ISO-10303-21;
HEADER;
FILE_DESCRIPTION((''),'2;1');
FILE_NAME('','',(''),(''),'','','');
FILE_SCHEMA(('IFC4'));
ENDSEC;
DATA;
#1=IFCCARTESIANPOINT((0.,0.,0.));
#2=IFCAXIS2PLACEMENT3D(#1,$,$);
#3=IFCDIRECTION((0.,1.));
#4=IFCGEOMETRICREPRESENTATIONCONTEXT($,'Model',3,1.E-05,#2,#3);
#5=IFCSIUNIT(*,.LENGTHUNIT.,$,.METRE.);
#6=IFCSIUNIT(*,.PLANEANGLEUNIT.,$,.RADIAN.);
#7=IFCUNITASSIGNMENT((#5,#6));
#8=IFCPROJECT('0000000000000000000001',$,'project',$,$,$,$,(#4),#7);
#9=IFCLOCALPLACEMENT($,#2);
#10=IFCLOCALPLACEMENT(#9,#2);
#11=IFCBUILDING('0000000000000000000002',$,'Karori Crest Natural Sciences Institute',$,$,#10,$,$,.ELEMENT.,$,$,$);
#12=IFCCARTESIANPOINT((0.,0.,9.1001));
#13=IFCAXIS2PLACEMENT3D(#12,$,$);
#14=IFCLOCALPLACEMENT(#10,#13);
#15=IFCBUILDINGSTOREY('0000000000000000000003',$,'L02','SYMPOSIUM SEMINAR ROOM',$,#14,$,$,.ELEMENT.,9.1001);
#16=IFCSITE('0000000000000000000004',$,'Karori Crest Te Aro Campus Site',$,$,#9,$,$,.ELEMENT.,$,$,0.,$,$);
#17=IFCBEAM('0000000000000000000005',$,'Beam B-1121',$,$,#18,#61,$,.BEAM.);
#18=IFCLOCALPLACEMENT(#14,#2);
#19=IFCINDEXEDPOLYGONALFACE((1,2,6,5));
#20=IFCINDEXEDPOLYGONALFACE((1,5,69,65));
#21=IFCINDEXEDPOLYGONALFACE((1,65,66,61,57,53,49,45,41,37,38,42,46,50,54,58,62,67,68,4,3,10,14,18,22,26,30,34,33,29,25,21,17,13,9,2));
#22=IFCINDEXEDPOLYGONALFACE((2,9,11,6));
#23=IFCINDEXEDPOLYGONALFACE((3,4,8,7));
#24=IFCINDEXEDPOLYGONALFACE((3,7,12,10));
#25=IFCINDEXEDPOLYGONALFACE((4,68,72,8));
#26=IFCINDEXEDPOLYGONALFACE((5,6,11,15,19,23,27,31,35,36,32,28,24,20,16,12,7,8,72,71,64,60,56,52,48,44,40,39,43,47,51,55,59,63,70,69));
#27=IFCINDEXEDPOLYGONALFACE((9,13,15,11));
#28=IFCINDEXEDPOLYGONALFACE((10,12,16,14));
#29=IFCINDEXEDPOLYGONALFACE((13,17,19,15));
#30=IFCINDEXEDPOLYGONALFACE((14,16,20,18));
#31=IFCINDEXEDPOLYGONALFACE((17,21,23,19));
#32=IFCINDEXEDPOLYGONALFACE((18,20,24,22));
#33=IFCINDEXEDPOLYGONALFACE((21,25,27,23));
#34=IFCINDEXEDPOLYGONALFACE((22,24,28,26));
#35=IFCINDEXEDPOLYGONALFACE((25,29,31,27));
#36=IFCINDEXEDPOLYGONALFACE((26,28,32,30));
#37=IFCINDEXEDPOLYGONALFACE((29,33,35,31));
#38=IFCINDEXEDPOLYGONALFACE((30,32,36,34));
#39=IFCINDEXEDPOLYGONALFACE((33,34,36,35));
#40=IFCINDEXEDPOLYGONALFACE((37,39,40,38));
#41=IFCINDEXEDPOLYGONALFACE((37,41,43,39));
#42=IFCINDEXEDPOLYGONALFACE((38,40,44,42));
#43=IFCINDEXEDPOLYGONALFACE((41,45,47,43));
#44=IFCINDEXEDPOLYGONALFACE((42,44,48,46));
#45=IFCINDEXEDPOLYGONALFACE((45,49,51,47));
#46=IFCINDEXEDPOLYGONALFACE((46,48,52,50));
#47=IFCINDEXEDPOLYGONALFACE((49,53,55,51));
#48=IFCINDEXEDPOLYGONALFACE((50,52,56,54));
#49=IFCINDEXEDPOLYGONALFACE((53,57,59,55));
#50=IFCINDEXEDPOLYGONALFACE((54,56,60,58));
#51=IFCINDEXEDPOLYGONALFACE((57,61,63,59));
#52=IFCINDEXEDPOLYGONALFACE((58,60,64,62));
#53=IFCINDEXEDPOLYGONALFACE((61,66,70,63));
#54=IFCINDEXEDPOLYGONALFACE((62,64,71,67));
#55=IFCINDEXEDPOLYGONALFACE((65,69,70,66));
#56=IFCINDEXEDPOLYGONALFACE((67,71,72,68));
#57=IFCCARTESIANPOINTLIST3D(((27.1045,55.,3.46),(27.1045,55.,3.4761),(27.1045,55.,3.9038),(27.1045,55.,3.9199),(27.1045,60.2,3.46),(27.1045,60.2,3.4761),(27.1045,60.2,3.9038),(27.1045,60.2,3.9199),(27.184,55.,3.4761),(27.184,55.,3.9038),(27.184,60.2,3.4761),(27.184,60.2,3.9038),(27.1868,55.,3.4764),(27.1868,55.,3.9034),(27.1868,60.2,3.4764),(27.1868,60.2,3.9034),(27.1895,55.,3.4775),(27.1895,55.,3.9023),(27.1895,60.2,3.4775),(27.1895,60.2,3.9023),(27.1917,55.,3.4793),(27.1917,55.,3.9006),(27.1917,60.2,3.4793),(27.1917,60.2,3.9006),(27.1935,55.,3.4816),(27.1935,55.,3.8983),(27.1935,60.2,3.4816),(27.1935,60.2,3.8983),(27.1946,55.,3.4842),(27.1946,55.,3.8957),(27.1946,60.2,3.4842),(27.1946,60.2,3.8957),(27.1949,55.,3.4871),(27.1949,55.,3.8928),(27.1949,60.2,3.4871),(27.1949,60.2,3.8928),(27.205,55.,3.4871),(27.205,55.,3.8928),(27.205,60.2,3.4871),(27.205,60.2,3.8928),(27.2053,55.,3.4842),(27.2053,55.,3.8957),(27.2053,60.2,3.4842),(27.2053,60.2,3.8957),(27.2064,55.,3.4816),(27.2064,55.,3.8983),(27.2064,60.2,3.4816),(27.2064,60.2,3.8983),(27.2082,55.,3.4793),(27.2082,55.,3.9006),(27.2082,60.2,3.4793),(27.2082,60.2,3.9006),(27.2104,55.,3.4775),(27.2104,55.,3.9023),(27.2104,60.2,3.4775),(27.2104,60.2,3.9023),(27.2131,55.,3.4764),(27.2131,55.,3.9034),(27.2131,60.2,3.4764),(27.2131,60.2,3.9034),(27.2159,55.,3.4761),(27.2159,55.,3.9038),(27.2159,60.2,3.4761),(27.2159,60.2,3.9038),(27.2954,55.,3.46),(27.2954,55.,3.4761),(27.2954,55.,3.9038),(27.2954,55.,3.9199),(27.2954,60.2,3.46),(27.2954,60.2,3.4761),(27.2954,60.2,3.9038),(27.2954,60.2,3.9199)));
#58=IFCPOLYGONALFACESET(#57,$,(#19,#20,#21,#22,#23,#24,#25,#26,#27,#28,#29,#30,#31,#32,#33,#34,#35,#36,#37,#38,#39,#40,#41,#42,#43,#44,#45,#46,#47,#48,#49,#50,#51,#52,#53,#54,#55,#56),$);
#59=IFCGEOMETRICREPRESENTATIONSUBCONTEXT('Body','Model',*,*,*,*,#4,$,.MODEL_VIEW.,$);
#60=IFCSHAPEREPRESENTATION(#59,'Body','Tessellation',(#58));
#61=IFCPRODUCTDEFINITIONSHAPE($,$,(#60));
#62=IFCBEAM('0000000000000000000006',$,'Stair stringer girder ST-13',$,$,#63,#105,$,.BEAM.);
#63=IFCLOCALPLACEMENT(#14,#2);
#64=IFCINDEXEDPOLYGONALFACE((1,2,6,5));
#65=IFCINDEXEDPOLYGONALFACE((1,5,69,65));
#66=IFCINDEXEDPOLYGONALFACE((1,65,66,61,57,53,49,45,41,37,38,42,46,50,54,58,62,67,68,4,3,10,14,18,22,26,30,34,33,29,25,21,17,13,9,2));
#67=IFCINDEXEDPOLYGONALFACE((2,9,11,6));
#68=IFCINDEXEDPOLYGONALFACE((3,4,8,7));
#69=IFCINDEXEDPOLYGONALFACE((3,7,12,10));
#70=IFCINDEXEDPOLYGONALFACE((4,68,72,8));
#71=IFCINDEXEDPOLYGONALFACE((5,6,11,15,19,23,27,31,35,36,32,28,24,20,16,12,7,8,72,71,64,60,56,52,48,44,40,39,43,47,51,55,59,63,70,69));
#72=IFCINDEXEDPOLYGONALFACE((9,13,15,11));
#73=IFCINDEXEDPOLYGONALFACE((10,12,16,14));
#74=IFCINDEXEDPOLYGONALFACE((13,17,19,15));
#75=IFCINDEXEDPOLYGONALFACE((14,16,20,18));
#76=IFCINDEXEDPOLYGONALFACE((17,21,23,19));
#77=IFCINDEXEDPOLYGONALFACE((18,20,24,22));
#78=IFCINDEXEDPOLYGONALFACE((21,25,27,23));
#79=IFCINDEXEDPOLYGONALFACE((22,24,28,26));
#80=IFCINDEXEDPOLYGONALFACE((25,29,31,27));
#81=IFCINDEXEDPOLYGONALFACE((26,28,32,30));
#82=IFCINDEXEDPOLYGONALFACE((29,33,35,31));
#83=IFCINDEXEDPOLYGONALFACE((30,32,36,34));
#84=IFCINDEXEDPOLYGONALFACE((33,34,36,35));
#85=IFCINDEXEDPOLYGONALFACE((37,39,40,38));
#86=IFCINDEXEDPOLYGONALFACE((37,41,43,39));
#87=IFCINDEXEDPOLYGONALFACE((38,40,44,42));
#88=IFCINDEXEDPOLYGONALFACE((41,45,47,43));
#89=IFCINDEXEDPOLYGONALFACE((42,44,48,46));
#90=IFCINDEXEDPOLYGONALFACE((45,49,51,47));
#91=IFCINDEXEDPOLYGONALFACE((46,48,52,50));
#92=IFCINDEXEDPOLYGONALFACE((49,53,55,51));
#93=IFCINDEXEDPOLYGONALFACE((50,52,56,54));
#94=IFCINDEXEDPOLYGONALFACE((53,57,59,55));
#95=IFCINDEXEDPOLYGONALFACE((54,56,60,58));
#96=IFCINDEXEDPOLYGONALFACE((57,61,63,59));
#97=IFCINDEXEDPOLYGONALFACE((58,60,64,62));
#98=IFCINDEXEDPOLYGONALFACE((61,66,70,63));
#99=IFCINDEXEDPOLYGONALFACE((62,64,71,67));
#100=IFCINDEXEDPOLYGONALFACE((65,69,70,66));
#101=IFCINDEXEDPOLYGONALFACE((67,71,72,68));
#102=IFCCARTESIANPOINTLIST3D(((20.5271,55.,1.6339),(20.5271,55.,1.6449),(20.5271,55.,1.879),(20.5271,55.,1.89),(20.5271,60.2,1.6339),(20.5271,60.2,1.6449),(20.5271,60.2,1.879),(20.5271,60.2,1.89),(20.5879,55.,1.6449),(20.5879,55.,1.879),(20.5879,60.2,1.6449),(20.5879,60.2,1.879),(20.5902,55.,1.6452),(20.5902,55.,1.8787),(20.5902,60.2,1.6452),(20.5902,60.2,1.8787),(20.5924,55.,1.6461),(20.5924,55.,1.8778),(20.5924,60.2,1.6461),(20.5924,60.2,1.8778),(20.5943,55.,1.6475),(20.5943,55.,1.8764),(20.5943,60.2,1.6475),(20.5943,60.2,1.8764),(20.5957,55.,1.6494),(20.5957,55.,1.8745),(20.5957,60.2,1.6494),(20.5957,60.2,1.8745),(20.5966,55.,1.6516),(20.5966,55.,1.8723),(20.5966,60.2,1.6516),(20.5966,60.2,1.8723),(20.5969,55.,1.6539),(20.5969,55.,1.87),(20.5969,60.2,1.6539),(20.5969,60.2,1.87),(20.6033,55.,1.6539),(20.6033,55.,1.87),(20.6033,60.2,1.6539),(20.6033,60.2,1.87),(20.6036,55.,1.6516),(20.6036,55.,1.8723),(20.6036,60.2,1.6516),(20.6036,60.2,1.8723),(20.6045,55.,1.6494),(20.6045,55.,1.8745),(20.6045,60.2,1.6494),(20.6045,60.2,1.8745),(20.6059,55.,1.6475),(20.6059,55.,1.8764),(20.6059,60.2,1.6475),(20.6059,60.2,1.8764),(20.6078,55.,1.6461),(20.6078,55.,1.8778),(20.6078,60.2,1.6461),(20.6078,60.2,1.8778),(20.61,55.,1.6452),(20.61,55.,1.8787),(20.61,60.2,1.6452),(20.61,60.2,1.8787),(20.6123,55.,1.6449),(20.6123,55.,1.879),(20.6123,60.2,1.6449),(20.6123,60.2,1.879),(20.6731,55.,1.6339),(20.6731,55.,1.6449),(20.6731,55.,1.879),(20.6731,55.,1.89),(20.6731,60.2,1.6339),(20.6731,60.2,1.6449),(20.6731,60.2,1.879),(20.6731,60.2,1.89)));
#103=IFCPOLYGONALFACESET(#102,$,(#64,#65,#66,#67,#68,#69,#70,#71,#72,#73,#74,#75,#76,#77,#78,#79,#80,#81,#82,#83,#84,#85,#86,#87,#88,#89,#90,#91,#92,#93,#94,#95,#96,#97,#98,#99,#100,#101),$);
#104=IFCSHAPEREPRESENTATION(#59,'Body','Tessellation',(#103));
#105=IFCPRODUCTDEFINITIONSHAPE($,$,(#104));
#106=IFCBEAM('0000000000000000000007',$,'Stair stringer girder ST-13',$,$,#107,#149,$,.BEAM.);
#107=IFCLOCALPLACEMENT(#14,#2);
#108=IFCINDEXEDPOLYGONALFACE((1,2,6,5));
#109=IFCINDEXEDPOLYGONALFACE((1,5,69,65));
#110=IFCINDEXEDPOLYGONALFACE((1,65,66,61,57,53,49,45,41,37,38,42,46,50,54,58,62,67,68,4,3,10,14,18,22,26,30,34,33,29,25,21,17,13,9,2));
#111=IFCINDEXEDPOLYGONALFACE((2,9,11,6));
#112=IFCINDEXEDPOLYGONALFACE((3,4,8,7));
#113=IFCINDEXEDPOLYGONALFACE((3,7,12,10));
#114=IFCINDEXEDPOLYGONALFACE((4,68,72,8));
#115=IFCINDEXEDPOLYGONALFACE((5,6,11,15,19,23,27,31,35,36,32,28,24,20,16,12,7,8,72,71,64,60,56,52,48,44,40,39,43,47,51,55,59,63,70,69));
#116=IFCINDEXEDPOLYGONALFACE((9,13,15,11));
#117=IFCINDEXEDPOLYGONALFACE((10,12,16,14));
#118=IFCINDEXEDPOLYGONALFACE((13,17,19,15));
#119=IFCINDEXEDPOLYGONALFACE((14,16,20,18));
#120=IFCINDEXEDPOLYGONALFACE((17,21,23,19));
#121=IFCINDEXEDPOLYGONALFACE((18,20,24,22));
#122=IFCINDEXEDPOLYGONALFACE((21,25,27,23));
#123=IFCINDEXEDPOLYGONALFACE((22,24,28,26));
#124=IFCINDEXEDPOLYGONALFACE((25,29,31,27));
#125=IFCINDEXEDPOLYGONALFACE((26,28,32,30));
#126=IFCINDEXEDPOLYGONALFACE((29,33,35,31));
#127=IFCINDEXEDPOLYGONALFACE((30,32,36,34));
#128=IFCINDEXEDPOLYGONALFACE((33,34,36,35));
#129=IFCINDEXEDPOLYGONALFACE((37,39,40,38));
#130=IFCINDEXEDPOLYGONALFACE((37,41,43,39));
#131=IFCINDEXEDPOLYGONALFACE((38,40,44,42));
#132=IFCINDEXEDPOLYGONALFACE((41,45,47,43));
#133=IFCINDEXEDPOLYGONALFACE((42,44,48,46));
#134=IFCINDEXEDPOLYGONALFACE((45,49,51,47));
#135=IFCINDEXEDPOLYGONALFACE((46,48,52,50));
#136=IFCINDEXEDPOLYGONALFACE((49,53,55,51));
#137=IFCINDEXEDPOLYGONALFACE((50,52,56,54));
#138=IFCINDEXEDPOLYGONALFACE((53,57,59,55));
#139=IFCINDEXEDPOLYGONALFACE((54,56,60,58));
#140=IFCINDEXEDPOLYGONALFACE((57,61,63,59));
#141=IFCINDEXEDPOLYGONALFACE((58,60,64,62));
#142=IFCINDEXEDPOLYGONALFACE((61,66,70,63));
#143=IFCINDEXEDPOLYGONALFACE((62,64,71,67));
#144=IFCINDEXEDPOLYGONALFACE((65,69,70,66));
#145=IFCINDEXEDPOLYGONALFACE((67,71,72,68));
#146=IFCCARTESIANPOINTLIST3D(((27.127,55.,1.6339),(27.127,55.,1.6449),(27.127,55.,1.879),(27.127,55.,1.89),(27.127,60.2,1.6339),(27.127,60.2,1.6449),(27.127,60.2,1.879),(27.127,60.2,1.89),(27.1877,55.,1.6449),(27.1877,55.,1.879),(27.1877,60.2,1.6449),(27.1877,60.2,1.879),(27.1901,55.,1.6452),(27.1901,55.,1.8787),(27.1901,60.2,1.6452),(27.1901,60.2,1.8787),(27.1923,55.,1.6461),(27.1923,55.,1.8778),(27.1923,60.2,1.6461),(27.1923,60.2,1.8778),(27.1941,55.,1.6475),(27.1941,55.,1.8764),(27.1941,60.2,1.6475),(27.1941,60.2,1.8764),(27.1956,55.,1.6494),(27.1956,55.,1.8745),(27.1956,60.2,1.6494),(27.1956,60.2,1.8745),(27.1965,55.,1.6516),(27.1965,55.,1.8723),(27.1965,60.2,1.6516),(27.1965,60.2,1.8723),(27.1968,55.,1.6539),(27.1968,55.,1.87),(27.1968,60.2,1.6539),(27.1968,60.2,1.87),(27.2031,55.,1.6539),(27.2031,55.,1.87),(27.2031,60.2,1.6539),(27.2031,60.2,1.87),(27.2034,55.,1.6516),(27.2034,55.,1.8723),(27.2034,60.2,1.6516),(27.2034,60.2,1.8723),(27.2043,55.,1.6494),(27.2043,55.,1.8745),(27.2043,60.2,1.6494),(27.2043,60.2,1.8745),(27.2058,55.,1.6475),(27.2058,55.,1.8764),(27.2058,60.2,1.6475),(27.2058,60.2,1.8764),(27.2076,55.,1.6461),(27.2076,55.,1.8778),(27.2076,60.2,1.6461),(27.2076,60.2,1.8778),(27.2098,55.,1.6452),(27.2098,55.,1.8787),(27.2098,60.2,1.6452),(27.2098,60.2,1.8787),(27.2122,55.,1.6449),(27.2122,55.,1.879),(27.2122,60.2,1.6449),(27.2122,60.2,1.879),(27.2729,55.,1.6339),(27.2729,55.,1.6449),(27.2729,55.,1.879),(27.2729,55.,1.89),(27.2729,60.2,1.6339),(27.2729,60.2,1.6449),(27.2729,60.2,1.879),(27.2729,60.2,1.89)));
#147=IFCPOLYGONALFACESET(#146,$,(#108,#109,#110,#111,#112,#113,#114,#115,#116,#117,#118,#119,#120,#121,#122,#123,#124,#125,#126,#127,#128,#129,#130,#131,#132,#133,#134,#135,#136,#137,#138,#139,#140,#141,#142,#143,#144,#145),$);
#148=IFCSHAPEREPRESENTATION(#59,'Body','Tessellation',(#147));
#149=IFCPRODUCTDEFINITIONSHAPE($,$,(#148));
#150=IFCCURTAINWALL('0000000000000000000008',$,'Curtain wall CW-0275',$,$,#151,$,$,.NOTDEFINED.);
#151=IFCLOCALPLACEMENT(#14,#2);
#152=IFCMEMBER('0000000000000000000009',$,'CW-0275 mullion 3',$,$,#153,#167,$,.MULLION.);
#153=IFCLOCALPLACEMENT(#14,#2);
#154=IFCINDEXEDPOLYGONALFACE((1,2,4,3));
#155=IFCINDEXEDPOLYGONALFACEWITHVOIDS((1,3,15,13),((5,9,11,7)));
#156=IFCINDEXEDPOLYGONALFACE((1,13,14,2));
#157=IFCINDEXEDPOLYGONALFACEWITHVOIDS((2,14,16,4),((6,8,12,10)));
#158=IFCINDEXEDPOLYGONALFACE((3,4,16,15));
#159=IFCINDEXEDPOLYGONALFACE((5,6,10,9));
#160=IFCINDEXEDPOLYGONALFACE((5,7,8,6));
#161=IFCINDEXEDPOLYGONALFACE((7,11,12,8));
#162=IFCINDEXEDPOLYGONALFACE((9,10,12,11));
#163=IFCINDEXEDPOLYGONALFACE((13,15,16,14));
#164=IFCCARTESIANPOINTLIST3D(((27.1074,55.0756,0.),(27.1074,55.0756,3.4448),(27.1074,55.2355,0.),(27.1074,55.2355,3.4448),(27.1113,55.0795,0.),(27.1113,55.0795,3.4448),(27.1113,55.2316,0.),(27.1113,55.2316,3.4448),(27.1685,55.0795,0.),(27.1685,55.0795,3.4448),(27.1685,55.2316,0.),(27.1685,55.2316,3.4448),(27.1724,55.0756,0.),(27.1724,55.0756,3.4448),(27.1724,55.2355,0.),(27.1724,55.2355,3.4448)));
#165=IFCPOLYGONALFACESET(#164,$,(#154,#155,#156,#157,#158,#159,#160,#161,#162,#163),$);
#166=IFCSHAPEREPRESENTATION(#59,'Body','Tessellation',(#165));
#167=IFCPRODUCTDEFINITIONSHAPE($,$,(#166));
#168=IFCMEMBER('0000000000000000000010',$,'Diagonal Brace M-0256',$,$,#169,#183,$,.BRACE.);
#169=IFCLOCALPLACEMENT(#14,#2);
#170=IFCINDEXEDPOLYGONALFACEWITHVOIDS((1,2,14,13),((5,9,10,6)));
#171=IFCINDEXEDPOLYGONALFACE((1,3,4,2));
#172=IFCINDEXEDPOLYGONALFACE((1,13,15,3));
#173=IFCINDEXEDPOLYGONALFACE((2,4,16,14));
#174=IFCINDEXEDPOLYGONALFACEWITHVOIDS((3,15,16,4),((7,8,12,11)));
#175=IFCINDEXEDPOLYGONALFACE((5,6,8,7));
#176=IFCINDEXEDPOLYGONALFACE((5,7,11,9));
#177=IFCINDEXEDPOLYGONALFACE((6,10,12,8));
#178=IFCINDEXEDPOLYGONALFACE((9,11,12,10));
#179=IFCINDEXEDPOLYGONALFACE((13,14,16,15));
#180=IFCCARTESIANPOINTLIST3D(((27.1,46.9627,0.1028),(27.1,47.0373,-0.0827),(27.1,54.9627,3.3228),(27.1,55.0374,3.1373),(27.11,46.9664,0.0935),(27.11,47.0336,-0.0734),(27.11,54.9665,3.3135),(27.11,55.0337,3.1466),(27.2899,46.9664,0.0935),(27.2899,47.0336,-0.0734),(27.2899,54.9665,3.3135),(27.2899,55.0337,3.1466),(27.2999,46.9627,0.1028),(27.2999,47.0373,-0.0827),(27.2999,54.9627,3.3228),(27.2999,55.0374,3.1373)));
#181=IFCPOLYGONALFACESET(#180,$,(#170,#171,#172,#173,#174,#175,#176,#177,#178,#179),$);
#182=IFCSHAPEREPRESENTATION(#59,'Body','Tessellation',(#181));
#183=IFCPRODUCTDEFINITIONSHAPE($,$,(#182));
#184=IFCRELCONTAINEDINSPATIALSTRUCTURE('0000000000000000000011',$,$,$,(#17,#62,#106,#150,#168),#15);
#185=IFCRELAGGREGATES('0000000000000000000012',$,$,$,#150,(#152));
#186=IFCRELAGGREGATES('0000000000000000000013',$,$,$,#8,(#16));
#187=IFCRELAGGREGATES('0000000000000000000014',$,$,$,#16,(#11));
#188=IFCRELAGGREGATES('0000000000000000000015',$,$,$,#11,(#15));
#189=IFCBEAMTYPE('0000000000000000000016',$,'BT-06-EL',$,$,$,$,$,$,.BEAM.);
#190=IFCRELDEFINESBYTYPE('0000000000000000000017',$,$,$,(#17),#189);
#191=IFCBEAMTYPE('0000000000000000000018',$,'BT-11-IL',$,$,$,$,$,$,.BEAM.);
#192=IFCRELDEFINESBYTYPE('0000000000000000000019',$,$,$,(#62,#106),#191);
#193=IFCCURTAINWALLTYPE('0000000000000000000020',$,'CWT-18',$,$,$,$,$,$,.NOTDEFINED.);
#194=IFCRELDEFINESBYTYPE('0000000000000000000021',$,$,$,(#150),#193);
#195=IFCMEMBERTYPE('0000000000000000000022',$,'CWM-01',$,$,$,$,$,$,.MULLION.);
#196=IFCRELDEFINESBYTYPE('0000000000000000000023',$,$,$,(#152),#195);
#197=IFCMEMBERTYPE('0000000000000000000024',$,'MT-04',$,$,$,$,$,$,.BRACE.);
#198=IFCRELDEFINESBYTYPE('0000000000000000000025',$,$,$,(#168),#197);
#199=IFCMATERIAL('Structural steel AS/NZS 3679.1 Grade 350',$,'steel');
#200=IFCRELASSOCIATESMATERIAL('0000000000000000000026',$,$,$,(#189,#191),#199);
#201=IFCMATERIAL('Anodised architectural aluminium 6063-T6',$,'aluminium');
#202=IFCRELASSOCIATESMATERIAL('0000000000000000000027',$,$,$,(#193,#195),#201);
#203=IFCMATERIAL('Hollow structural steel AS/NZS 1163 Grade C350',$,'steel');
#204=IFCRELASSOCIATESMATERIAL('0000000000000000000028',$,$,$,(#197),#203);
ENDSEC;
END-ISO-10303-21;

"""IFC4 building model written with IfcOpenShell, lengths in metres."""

from ifc_helpers import new_model, si_unit, direction, frame, origin, origin_2d, place, context, subcontext, project, spatial, hollow_rectangle, i_section, extrude, material, material_profile, profile_set, type_object, element, aggregate, save


model = new_model("IFC4")

# Units and contexts
model_context = context("Model", 3, precision=1e-05, world=origin(), true_north=direction((0.0, 1.0)))
body_context = subcontext(model_context, "Body", "Model", "MODEL_VIEW")
ifc_project = project(units=[si_unit("LENGTHUNIT", "METRE"), si_unit("PLANEANGLEUNIT", "RADIAN")], contexts=[model_context])

# Site, building, storey
site_placement = place(None, origin())
site = spatial("IfcSite", under=ifc_project, at=site_placement, Name="Karori Crest Te Aro Campus Site", CompositionType="ELEMENT", RefElevation=0.0)
building_placement = place(site_placement, origin())
building = spatial("IfcBuilding", under=site, at=building_placement, Name="Karori Crest Natural Sciences Institute", CompositionType="ELEMENT")
storey_placement = place(building_placement, frame((0.0, 0.0, 9.1001)))
storey = spatial("IfcBuildingStorey", under=building, at=storey_placement, Name="L02", Description="SYMPOSIUM SEMINAR ROOM", CompositionType="ELEMENT", Elevation=9.1001)

# Shared definitions
ifc_material_1 = material(Name="Structural steel AS/NZS 3679.1 Grade 350", Category="steel")
ifc_material_2 = material(Name="Hollow structural steel AS/NZS 1163 Grade C350", Category="steel")

# Beams
ifc_material_profile_1 = material_profile(ifc_material_1, i_section(OverallWidth=0.1909, OverallDepth=0.46, WebThickness=0.01, FlangeThickness=0.0161, FilletRadius=0.011, at=origin_2d()), Name="460UB82.1")
ifc_profile_set_1 = profile_set([ifc_material_profile_1], Name="Structural steel AS/NZS 3679.1 Grade 350")
beam_type_1 = type_object("IfcBeamType", Name="BT-06-EL", PredefinedType="BEAM", material=ifc_profile_set_1)
beam_1_placement = place(storey_placement, frame((27.2, 55.0, 3.6899), z_axis=(0.0, 1.0, 0.0), x_axis=(-1.0, 0.0, 0.0)))
element("IfcBeam", 1, at=beam_1_placement, inside=storey, type_object=beam_type_1, Name="Beam B-1121", PredefinedType="BEAM", context=body_context, shape_type="SweptSolid", body=[
    extrude(i_section(OverallWidth=0.1909, OverallDepth=0.46, WebThickness=0.01, FlangeThickness=0.0161, FilletRadius=0.011, at=origin_2d()), origin(), (0.0, 0.0, 1.0), 5.2),
])
ifc_material_profile_2 = material_profile(ifc_material_1, i_section(OverallWidth=0.146, OverallDepth=0.2561, WebThickness=0.0063, FlangeThickness=0.011, FilletRadius=0.009, at=origin_2d()), Name="250UB37.3")
ifc_profile_set_2 = profile_set([ifc_material_profile_2], Name="Structural steel AS/NZS 3679.1 Grade 350")
beam_type_2 = type_object("IfcBeamType", Name="BT-11-IL", PredefinedType="BEAM", material=ifc_profile_set_2)
for number, where, z_axis, x_axis, name in (
    (2, (20.6001, 55.0, 1.762), (0.0, 1.0, 0.0), (-1.0, 0.0, 0.0), "Stair stringer girder ST-13"),
    (3, (27.2, 55.0, 1.762), (0.0, 1.0, 0.0), (-1.0, 0.0, 0.0), "Stair stringer girder ST-13"),
):
    element("IfcBeam", number, at=place(storey_placement, frame(where, z_axis=z_axis, x_axis=x_axis)), inside=storey, type_object=beam_type_2, Name=name, PredefinedType="BEAM", context=body_context, shape_type="SweptSolid", body=[
        extrude(i_section(OverallWidth=0.146, OverallDepth=0.2561, WebThickness=0.0063, FlangeThickness=0.011, FilletRadius=0.009, at=origin_2d()), origin(), (0.0, 0.0, 1.0), 5.2),
    ])

# Curtain wall, member
ifc_material_3 = material(Name="Anodised architectural aluminium 6063-T6", Category="aluminium")
curtain_wall_type = type_object("IfcCurtainWallType", Name="CWT-18", PredefinedType="NOTDEFINED", material=ifc_material_3)
curtain_wall_placement = place(storey_placement, origin())
curtain_wall = element("IfcCurtainWall", 4, at=curtain_wall_placement, inside=storey, type_object=curtain_wall_type, Name="Curtain wall CW-0275", PredefinedType="NOTDEFINED")
ifc_material_profile_3 = material_profile(ifc_material_3, hollow_rectangle(XDim=0.0649, YDim=0.1599, WallThickness=0.0039, at=origin_2d()), Name="CWM160x65x4")
ifc_profile_set_3 = profile_set([ifc_material_profile_3], Name="Anodised architectural aluminium 6063-T6")
member_type_1 = type_object("IfcMemberType", Name="CWM-01", PredefinedType="MULLION", material=ifc_profile_set_3)
member_1_placement = place(storey_placement, frame((27.1399, 55.1555, 0.0), z_axis=(0.0, 0.0, 1.0), x_axis=(1.0, 0.0, 0.0)))
member_1 = element("IfcMember", 5, at=member_1_placement, type_object=member_type_1, Name="CW-0275 mullion 3", PredefinedType="MULLION", context=body_context, shape_type="SweptSolid", body=[
    extrude(hollow_rectangle(XDim=0.0649, YDim=0.1599, WallThickness=0.0039, at=origin_2d()), origin(), (0.0, 0.0, 1.0), 3.4448),
])
aggregate(curtain_wall, [member_1])

# Member
ifc_material_profile_4 = material_profile(ifc_material_2, hollow_rectangle(XDim=0.2, YDim=0.2, WallThickness=0.01, at=origin_2d()), Name="SHS200x200x10")
ifc_profile_set_4 = profile_set([ifc_material_profile_4], Name="Hollow structural steel AS/NZS 1163 Grade C350")
member_type_2 = type_object("IfcMemberType", Name="MT-04", PredefinedType="BRACE", material=ifc_profile_set_4)
member_2_placement = place(storey_placement, frame((27.2, 47.0, 0.01), z_axis=(0.0, 0.927676, 0.373386), x_axis=(-1.0, 0.0, 0.0)))
element("IfcMember", 6, at=member_2_placement, inside=storey, type_object=member_type_2, Name="Diagonal Brace M-0256", PredefinedType="BRACE", context=body_context, shape_type="SweptSolid", body=[
    extrude(hollow_rectangle(XDim=0.2, YDim=0.2, WallThickness=0.01, at=origin_2d()), origin(), (0.0, 0.0, 1.0), 8.6238),
])

save(model, "model.ifc")
